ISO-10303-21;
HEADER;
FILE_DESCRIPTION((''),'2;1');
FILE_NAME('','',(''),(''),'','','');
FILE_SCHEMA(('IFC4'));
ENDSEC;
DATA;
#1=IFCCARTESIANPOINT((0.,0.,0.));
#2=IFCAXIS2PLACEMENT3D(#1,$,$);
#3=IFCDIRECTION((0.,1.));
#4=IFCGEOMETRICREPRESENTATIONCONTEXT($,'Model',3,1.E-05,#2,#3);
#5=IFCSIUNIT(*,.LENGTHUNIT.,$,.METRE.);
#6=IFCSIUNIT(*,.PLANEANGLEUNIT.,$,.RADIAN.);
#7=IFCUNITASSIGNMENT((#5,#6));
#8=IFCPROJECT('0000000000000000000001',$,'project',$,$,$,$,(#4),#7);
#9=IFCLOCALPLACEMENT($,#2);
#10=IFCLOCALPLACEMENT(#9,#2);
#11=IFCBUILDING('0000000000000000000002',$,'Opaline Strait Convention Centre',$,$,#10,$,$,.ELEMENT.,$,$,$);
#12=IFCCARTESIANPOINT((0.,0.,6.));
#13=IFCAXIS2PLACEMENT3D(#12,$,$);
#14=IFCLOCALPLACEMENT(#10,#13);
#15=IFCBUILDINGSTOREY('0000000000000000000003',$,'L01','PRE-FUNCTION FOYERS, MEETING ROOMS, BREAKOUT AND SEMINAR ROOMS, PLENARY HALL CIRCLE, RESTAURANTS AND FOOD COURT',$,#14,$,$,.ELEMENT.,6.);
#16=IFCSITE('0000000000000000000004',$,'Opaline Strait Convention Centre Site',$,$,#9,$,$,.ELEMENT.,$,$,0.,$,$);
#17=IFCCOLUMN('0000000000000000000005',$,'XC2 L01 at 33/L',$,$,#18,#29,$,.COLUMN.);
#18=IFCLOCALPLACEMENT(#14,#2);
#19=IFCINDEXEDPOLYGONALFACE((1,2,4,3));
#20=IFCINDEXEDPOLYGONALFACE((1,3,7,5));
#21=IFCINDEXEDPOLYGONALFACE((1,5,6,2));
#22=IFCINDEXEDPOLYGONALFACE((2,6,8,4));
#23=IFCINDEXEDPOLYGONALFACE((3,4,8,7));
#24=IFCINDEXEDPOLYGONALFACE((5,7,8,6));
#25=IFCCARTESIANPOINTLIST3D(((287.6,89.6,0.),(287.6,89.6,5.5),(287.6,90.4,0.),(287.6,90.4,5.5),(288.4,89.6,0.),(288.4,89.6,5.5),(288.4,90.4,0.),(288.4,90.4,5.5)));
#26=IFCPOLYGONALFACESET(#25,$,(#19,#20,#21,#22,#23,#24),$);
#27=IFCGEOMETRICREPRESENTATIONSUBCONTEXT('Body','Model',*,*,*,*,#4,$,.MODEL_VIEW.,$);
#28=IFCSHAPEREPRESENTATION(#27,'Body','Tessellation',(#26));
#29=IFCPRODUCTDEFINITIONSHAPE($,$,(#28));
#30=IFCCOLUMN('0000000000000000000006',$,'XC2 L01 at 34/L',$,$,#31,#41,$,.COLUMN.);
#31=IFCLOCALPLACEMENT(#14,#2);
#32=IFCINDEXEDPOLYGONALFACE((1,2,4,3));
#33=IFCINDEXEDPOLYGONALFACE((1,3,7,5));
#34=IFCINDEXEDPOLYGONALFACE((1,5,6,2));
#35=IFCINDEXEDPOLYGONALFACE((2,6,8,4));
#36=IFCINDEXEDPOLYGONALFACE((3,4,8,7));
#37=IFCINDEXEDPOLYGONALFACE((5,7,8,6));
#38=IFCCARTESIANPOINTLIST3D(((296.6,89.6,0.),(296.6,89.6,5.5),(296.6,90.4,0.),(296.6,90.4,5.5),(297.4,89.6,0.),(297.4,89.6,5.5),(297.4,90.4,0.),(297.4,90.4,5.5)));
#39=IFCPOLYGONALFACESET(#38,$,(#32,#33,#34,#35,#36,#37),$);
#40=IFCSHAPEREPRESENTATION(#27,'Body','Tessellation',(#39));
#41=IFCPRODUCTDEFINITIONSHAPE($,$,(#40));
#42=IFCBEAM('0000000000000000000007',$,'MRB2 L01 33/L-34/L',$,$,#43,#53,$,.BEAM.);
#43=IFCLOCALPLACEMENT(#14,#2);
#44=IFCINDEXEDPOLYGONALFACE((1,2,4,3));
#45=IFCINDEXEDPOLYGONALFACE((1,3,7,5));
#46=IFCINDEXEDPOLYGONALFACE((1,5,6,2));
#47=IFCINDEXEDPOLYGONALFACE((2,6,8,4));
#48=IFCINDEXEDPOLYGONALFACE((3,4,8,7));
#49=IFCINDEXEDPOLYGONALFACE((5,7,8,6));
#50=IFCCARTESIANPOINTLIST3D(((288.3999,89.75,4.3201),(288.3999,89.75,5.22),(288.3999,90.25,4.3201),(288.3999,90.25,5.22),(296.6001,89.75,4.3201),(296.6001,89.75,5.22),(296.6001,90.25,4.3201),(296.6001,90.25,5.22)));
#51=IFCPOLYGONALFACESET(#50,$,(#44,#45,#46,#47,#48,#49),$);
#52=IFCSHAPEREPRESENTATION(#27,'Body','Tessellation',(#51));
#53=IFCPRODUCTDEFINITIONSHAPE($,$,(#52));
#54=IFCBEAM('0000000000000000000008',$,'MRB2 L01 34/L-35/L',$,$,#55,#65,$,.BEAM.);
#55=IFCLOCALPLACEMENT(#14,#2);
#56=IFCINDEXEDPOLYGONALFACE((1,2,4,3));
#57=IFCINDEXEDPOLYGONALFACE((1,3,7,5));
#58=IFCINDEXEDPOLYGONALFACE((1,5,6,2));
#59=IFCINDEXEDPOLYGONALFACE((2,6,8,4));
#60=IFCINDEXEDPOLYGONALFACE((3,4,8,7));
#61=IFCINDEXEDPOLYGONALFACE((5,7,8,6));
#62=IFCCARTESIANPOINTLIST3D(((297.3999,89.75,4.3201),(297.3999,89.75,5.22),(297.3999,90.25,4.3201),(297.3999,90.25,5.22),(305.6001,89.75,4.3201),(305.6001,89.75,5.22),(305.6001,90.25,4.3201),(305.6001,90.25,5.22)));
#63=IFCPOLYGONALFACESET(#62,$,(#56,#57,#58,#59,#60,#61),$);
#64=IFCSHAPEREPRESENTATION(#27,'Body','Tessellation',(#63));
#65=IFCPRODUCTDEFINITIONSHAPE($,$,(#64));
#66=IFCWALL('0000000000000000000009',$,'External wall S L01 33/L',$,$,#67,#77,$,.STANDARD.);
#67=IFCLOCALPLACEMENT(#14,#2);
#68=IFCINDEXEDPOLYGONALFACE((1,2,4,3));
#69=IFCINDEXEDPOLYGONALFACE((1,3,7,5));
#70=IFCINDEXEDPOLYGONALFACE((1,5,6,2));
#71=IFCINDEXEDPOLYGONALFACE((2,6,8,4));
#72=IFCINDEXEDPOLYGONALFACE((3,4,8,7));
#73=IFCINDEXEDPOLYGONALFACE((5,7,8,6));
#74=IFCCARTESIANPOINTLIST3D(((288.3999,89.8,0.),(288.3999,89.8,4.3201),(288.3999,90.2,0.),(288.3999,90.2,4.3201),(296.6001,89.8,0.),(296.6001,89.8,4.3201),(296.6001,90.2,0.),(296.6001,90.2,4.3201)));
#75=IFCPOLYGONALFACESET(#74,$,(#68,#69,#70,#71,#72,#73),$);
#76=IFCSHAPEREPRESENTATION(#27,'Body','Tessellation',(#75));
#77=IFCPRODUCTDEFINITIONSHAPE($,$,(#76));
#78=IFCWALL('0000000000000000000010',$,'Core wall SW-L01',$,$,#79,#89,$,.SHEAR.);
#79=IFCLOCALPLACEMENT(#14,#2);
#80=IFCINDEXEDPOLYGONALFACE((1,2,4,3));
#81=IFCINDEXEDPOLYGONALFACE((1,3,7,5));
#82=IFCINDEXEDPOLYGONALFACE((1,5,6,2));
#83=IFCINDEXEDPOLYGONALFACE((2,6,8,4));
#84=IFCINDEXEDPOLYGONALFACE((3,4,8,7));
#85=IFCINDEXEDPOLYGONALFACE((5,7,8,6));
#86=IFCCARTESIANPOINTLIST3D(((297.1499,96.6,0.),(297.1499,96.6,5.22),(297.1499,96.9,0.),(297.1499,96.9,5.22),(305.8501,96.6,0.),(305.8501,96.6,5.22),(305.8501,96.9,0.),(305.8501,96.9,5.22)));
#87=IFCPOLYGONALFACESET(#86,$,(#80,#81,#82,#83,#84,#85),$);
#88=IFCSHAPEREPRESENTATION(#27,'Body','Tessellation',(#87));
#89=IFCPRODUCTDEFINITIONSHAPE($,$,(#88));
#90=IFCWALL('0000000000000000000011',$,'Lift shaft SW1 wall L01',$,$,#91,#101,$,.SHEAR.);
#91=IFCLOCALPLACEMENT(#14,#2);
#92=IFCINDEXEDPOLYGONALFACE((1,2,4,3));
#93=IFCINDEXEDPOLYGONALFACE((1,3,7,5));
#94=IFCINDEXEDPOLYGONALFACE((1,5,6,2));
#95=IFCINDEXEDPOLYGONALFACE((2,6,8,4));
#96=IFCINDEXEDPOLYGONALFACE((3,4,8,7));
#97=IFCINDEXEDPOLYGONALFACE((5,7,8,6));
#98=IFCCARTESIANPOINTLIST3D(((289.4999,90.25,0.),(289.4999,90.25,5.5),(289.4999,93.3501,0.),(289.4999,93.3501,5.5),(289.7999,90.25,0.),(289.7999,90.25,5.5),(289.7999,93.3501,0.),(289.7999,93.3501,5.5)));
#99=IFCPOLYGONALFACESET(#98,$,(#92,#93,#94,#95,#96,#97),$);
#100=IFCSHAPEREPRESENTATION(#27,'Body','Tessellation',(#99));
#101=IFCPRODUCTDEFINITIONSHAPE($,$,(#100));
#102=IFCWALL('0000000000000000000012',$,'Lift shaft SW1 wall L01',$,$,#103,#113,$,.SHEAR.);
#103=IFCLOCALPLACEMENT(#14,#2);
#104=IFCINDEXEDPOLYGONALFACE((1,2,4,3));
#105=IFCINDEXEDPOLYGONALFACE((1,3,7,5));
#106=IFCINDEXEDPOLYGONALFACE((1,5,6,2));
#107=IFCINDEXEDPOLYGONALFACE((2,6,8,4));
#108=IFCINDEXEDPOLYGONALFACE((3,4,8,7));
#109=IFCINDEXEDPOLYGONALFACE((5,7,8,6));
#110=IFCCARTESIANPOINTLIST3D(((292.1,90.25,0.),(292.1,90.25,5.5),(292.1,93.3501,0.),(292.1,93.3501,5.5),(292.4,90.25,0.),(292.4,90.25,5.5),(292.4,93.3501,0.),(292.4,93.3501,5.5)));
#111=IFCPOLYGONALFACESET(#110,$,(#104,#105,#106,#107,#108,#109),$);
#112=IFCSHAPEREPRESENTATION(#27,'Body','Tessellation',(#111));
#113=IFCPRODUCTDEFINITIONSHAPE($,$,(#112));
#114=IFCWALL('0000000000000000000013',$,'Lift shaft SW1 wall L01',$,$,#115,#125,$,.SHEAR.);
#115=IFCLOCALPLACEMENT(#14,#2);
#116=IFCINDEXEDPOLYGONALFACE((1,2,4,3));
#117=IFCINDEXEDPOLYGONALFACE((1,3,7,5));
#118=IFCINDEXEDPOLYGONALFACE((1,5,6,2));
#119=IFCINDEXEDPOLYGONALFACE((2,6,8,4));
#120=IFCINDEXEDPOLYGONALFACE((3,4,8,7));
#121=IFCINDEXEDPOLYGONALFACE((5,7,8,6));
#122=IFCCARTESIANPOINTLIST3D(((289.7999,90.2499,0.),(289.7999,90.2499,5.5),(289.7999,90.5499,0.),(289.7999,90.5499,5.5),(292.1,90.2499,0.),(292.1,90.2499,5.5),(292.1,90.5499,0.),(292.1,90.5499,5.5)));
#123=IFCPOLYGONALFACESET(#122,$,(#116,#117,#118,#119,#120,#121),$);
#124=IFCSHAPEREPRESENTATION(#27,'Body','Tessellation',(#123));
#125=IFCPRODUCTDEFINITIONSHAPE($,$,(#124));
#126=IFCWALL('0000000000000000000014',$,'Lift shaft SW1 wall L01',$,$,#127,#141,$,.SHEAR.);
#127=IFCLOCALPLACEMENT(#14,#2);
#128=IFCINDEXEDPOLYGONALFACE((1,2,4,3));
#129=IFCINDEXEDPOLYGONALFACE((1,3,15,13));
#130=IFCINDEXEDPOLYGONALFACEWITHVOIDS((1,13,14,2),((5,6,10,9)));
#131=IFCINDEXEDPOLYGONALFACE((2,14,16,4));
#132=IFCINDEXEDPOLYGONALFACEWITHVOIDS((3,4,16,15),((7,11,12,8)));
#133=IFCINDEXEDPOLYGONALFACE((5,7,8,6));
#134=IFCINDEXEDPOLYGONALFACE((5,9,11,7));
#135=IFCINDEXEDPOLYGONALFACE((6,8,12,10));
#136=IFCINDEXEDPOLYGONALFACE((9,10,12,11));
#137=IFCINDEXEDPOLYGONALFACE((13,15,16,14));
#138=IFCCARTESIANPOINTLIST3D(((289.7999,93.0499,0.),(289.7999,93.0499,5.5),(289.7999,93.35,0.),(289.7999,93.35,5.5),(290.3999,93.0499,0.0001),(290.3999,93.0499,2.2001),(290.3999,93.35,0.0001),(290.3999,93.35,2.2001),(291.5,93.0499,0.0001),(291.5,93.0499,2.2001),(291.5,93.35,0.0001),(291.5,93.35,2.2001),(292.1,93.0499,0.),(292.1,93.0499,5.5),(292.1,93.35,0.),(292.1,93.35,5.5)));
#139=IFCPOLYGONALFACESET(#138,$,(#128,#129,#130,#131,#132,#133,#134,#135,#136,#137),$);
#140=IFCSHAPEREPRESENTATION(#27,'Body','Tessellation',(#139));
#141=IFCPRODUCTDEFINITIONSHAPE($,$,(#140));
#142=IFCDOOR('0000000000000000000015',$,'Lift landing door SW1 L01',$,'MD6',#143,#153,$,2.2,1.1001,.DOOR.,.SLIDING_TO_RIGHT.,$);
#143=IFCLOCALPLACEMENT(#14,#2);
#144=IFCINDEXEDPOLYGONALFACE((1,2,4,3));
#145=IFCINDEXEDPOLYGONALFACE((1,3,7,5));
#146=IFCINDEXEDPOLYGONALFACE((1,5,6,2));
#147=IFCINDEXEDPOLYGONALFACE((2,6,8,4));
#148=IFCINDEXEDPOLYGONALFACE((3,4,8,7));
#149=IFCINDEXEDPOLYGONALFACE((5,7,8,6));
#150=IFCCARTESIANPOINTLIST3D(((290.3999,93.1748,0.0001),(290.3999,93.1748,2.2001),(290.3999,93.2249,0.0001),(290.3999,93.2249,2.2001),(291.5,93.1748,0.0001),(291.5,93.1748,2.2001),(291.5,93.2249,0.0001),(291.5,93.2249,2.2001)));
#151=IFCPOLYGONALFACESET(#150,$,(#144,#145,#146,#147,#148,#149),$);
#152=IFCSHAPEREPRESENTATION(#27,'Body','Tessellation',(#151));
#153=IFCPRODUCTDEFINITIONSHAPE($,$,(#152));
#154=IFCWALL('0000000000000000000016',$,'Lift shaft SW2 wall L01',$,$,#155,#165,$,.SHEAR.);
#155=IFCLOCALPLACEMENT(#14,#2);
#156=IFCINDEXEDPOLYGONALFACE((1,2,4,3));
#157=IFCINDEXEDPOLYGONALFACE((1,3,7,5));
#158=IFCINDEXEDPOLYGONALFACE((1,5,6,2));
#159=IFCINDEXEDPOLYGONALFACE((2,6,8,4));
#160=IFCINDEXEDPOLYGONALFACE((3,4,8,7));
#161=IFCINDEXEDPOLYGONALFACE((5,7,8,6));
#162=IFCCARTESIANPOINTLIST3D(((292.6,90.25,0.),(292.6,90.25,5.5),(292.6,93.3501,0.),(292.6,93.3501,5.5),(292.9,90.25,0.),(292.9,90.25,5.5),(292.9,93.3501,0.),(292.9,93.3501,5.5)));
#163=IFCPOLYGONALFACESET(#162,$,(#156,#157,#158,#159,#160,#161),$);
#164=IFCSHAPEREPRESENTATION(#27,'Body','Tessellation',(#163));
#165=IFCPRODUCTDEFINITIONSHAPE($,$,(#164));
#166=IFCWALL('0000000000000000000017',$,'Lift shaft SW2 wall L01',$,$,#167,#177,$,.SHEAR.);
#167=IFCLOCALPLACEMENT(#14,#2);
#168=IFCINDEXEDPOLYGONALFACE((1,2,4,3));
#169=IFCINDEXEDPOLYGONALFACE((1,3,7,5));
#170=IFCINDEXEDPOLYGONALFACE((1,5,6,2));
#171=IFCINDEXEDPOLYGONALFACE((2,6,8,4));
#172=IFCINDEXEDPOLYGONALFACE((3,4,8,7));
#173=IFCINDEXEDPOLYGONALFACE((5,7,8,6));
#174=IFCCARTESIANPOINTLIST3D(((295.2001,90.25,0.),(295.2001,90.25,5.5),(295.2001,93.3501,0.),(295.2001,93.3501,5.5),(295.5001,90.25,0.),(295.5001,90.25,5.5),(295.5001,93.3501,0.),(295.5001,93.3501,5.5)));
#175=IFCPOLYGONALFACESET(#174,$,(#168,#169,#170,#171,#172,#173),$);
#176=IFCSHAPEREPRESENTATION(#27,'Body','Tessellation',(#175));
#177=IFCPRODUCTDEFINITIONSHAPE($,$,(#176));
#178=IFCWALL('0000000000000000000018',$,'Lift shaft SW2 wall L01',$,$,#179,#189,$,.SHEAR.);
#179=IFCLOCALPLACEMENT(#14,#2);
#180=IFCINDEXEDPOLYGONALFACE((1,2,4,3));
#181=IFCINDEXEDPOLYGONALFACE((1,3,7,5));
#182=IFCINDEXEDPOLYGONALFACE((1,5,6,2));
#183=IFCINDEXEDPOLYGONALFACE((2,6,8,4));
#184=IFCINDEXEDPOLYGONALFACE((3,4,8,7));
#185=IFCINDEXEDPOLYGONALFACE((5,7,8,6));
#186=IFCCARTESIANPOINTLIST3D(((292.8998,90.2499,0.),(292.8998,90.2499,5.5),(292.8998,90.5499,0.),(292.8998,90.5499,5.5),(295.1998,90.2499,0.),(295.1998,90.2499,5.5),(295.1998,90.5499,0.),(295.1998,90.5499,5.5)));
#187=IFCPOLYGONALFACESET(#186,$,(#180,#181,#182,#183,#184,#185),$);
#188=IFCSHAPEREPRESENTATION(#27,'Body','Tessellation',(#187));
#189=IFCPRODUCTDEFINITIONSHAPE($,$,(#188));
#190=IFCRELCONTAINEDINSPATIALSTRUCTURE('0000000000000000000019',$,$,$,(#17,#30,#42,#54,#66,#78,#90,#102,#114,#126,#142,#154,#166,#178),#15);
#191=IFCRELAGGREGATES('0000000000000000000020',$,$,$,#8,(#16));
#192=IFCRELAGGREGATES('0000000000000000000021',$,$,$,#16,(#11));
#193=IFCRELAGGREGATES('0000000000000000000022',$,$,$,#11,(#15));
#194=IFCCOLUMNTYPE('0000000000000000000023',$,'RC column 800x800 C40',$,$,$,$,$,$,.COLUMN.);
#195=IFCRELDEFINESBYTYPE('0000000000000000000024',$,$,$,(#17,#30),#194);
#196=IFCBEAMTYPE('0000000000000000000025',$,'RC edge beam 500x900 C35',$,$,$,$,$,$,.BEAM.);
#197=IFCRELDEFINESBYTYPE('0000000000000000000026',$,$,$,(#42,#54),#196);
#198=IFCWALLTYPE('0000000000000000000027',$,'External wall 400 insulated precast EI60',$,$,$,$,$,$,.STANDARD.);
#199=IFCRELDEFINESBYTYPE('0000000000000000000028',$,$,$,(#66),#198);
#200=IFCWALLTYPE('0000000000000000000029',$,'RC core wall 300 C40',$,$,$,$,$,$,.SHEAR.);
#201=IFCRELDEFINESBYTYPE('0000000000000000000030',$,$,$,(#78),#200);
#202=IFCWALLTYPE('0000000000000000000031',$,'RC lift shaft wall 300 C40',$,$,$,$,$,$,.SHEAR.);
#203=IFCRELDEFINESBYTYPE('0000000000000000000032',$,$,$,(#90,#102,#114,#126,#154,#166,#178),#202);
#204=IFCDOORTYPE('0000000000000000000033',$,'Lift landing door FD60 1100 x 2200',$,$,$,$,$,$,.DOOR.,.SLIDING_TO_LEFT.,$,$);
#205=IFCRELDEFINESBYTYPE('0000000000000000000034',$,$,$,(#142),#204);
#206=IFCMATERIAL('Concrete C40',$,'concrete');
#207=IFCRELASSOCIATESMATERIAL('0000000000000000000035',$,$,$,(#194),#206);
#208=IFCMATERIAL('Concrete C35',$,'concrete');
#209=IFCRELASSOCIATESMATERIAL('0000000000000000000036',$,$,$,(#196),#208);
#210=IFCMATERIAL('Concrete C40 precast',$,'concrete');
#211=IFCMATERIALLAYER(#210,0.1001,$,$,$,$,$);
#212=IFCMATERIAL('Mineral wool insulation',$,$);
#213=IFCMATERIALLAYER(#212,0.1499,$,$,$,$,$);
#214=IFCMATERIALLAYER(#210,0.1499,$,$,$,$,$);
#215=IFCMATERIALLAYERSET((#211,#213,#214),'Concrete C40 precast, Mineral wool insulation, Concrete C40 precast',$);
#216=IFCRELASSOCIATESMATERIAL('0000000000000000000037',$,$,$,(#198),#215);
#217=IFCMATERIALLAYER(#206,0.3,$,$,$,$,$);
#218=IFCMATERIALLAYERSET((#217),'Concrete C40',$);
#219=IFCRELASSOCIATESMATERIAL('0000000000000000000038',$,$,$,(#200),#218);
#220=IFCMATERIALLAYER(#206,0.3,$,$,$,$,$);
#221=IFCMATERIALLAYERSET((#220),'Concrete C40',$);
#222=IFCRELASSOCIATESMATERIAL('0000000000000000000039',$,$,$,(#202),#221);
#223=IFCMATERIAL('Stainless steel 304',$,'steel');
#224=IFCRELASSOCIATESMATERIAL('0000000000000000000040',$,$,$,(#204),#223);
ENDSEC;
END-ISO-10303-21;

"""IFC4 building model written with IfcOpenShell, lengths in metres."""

from ifc_helpers import new_model, si_unit, direction, frame, frame_2d, origin, origin_2d, place, context, subcontext, project, spatial, rectangle, extrude, material, layer, layer_set, material_profile, profile_set, type_object, element, fill, save


model = new_model("IFC4")

# Units and contexts
model_context = context("Model", 3, precision=1e-05, world=origin(), true_north=direction((0.0, 1.0)))
body_context = subcontext(model_context, "Body", "Model", "MODEL_VIEW")
ifc_project = project(units=[si_unit("LENGTHUNIT", "METRE"), si_unit("PLANEANGLEUNIT", "RADIAN")], contexts=[model_context])

# Site, building, storey
site_placement = place(None, origin())
site = spatial("IfcSite", under=ifc_project, at=site_placement, Name="Opaline Strait Convention Centre Site", CompositionType="ELEMENT", RefElevation=0.0)
building_placement = place(site_placement, origin())
building = spatial("IfcBuilding", under=site, at=building_placement, Name="Opaline Strait Convention Centre", CompositionType="ELEMENT")
storey_placement = place(building_placement, frame((0.0, 0.0, 6.0)))
storey = spatial("IfcBuildingStorey", under=building, at=storey_placement, Name="L01", Description="PRE-FUNCTION FOYERS, MEETING ROOMS, BREAKOUT AND SEMINAR ROOMS, PLENARY HALL CIRCLE, RESTAURANTS AND FOOD COURT", CompositionType="ELEMENT", Elevation=6.0)

# Columns
ifc_material_1 = material(Name="Concrete C40", Category="concrete")
ifc_material_profile_1 = material_profile(ifc_material_1, rectangle(XDim=0.8, YDim=0.8, at=origin_2d()), Name="RC 800x800")
ifc_profile_set_1 = profile_set([ifc_material_profile_1], Name="Concrete C40")
column_type = type_object("IfcColumnType", Name="RC column 800x800 C40", PredefinedType="COLUMN", material=ifc_profile_set_1)
for number, where, z_axis, x_axis, name in (
    (1, (288.0, 90.0, 0.0), (0.0, 0.0, 1.0), (1.0, 0.0, 0.0), "XC2 L01 at 33/L"),
    (2, (297.0, 90.0, 0.0), (0.0, 0.0, 1.0), (1.0, 0.0, 0.0), "XC2 L01 at 34/L"),
):
    element("IfcColumn", number, at=place(storey_placement, frame(where, z_axis=z_axis, x_axis=x_axis)), inside=storey, type_object=column_type, Name=name, PredefinedType="COLUMN", context=body_context, shape_type="SweptSolid", body=[
        extrude(rectangle(XDim=0.8, YDim=0.8, at=origin_2d()), origin(), (0.0, 0.0, 1.0), 5.5),
    ])

# Beams
ifc_material_2 = material(Name="Concrete C35", Category="concrete")
ifc_material_profile_2 = material_profile(ifc_material_2, rectangle(XDim=0.5, YDim=0.8999, at=origin_2d()), Name="RC 500x900")
ifc_profile_set_2 = profile_set([ifc_material_profile_2], Name="Concrete C35")
beam_type = type_object("IfcBeamType", Name="RC edge beam 500x900 C35", PredefinedType="BEAM", material=ifc_profile_set_2)
for number, where, z_axis, x_axis, name in (
    (3, (288.3999, 90.0, 4.77), (1.0, 0.0, 0.0), (0.0, 1.0, 0.0), "MRB2 L01 33/L-34/L"),
    (4, (297.3999, 90.0, 4.77), (1.0, 0.0, 0.0), (0.0, 1.0, 0.0), "MRB2 L01 34/L-35/L"),
):
    element("IfcBeam", number, at=place(storey_placement, frame(where, z_axis=z_axis, x_axis=x_axis)), inside=storey, type_object=beam_type, Name=name, PredefinedType="BEAM", context=body_context, shape_type="SweptSolid", body=[
        extrude(rectangle(XDim=0.5, YDim=0.8999, at=origin_2d()), origin(), (0.0, 0.0, 1.0), 8.2002),
    ])

# Wall
ifc_material_3 = material(Name="Concrete C40 precast", Category="concrete")
ifc_layer_1 = layer(ifc_material_3, 0.1001)
ifc_material_4 = material(Name="Mineral wool insulation")
ifc_layer_2 = layer(ifc_material_4, 0.1499)
ifc_layer_3 = layer(ifc_material_3, 0.1499)
ifc_layer_set_1 = layer_set([ifc_layer_1, ifc_layer_2, ifc_layer_3], Name="Concrete C40 precast, Mineral wool insulation, Concrete C40 precast")
wall_type_1 = type_object("IfcWallType", Name="External wall 400 insulated precast EI60", PredefinedType="STANDARD", material=ifc_layer_set_1)
wall_1_placement = place(storey_placement, frame((288.3999, 90.0, 0.0), z_axis=(0.0, 0.0, 1.0), x_axis=(1.0, 0.0, 0.0)))
element("IfcWall", 5, at=wall_1_placement, inside=storey, type_object=wall_type_1, Name="External wall S L01 33/L", PredefinedType="STANDARD", context=body_context, shape_type="SweptSolid", body=[
    extrude(rectangle(XDim=8.2002, YDim=0.3999, at=frame_2d((4.1001, 0.0))), origin(), (0.0, 0.0, 1.0), 4.3201),
])

# Shared definitions
ifc_layer_4 = layer(ifc_material_1, 0.3)
ifc_layer_set_2 = layer_set([ifc_layer_4], Name="Concrete C40")
wall_type_2 = type_object("IfcWallType", Name="RC core wall 300 C40", PredefinedType="SHEAR", material=ifc_layer_set_2)

# Walls
wall_2_placement = place(storey_placement, frame((297.1499, 96.75, 0.0), z_axis=(0.0, 0.0, 1.0), x_axis=(1.0, 0.0, 0.0)))
element("IfcWall", 6, at=wall_2_placement, inside=storey, type_object=wall_type_2, Name="Core wall SW-L01", PredefinedType="SHEAR", context=body_context, shape_type="SweptSolid", body=[
    extrude(rectangle(XDim=8.7002, YDim=0.3, at=frame_2d((4.3501, 0.0))), origin(), (0.0, 0.0, 1.0), 5.22),
])
ifc_layer_5 = layer(ifc_material_1, 0.3)
ifc_layer_set_3 = layer_set([ifc_layer_5], Name="Concrete C40")
wall_type_3 = type_object("IfcWallType", Name="RC lift shaft wall 300 C40", PredefinedType="SHEAR", material=ifc_layer_set_3)
for number, where, z_axis, x_axis, name in (
    (7, (289.6499, 90.25, 0.0), (0.0, 0.0, 1.0), (0.0, 1.0, 0.0), "Lift shaft SW1 wall L01"),
    (8, (292.25, 90.25, 0.0), (0.0, 0.0, 1.0), (0.0, 1.0, 0.0), "Lift shaft SW1 wall L01"),
):
    element("IfcWall", number, at=place(storey_placement, frame(where, z_axis=z_axis, x_axis=x_axis)), inside=storey, type_object=wall_type_3, Name=name, PredefinedType="SHEAR", context=body_context, shape_type="SweptSolid", body=[
        extrude(rectangle(XDim=3.1001, YDim=0.3, at=frame_2d((1.55, 0.0))), origin(), (0.0, 0.0, 1.0), 5.5),
    ])
wall_3_placement = place(storey_placement, frame((289.8, 90.3999, 0.0), z_axis=(0.0, 0.0, 1.0), x_axis=(1.0, 0.0, 0.0)))
element("IfcWall", 9, at=wall_3_placement, inside=storey, type_object=wall_type_3, Name="Lift shaft SW1 wall L01", PredefinedType="SHEAR", context=body_context, shape_type="SweptSolid", body=[
    extrude(rectangle(XDim=2.3, YDim=0.3, at=frame_2d((1.1499, 0.0))), origin(), (0.0, 0.0, 1.0), 5.5),
])

# Wall, opening, door
wall_4_placement = place(storey_placement, frame((289.8, 93.2, 0.0), z_axis=(0.0, 0.0, 1.0), x_axis=(1.0, 0.0, 0.0)))
wall_4 = element("IfcWall", 10, at=wall_4_placement, inside=storey, type_object=wall_type_3, Name="Lift shaft SW1 wall L01", PredefinedType="SHEAR", context=body_context, shape_type="SweptSolid", body=[
    extrude(rectangle(XDim=2.3, YDim=0.3, at=frame_2d((1.1499, 0.0))), origin(), (0.0, 0.0, 1.0), 5.5),
])
opening_1_placement = place(wall_4_placement, frame((0.5999, 0.0, 0.0)))
opening_1 = element("IfcOpeningElement", 11, at=opening_1_placement, cuts=wall_4, PredefinedType="OPENING", context=body_context, shape_type="SweptSolid", body=[
    extrude(rectangle(XDim=1.1001, YDim=2.2, at=frame_2d((0.55, 1.1001))), frame((0.0, 0.1599, 0.0), z_axis=(0.0, -1.0, 0.0), x_axis=(1.0, 0.0, 0.0)), (0.0, 0.0, 1.0), 0.3201),
])
ifc_material_5 = material(Name="Stainless steel 304", Category="steel")
door_type_1 = type_object("IfcDoorType", Name="Lift landing door FD60 1100 x 2200", OperationType="SLIDING_TO_LEFT", PredefinedType="DOOR", material=ifc_material_5)
door_1_placement = place(opening_1_placement, origin())
door_1 = element("IfcDoor", 12, at=door_1_placement, inside=storey, type_object=door_type_1, Name="Lift landing door SW1 L01", ObjectType="MD6", OperationType="SLIDING_TO_RIGHT", OverallHeight=2.2, OverallWidth=1.1001, PredefinedType="DOOR", context=body_context, shape_type="SweptSolid", body=[
    extrude(rectangle(XDim=1.1001, YDim=2.2, at=frame_2d((0.55, 1.1001))), frame((0.0, 0.0249, 0.0), z_axis=(0.0, -1.0, 0.0), x_axis=(1.0, 0.0, 0.0)), (0.0, 0.0, 1.0), 0.05),
])
fill(opening_1, door_1)

# Walls
for number, where, z_axis, x_axis, name in (
    (13, (292.75, 90.25, 0.0), (0.0, 0.0, 1.0), (0.0, 1.0, 0.0), "Lift shaft SW2 wall L01"),
    (14, (295.3501, 90.25, 0.0), (0.0, 0.0, 1.0), (0.0, 1.0, 0.0), "Lift shaft SW2 wall L01"),
):
    element("IfcWall", number, at=place(storey_placement, frame(where, z_axis=z_axis, x_axis=x_axis)), inside=storey, type_object=wall_type_3, Name=name, PredefinedType="SHEAR", context=body_context, shape_type="SweptSolid", body=[
        extrude(rectangle(XDim=3.1001, YDim=0.3, at=frame_2d((1.55, 0.0))), origin(), (0.0, 0.0, 1.0), 5.5),
    ])
wall_5_placement = place(storey_placement, frame((292.8999, 90.3999, 0.0), z_axis=(0.0, 0.0, 1.0), x_axis=(1.0, 0.0, 0.0)))
element("IfcWall", 15, at=wall_5_placement, inside=storey, type_object=wall_type_3, Name="Lift shaft SW2 wall L01", PredefinedType="SHEAR", context=body_context, shape_type="SweptSolid", body=[
    extrude(rectangle(XDim=2.3, YDim=0.3, at=frame_2d((1.1499, 0.0))), origin(), (0.0, 0.0, 1.0), 5.5),
])

save(model, "model.ifc")
